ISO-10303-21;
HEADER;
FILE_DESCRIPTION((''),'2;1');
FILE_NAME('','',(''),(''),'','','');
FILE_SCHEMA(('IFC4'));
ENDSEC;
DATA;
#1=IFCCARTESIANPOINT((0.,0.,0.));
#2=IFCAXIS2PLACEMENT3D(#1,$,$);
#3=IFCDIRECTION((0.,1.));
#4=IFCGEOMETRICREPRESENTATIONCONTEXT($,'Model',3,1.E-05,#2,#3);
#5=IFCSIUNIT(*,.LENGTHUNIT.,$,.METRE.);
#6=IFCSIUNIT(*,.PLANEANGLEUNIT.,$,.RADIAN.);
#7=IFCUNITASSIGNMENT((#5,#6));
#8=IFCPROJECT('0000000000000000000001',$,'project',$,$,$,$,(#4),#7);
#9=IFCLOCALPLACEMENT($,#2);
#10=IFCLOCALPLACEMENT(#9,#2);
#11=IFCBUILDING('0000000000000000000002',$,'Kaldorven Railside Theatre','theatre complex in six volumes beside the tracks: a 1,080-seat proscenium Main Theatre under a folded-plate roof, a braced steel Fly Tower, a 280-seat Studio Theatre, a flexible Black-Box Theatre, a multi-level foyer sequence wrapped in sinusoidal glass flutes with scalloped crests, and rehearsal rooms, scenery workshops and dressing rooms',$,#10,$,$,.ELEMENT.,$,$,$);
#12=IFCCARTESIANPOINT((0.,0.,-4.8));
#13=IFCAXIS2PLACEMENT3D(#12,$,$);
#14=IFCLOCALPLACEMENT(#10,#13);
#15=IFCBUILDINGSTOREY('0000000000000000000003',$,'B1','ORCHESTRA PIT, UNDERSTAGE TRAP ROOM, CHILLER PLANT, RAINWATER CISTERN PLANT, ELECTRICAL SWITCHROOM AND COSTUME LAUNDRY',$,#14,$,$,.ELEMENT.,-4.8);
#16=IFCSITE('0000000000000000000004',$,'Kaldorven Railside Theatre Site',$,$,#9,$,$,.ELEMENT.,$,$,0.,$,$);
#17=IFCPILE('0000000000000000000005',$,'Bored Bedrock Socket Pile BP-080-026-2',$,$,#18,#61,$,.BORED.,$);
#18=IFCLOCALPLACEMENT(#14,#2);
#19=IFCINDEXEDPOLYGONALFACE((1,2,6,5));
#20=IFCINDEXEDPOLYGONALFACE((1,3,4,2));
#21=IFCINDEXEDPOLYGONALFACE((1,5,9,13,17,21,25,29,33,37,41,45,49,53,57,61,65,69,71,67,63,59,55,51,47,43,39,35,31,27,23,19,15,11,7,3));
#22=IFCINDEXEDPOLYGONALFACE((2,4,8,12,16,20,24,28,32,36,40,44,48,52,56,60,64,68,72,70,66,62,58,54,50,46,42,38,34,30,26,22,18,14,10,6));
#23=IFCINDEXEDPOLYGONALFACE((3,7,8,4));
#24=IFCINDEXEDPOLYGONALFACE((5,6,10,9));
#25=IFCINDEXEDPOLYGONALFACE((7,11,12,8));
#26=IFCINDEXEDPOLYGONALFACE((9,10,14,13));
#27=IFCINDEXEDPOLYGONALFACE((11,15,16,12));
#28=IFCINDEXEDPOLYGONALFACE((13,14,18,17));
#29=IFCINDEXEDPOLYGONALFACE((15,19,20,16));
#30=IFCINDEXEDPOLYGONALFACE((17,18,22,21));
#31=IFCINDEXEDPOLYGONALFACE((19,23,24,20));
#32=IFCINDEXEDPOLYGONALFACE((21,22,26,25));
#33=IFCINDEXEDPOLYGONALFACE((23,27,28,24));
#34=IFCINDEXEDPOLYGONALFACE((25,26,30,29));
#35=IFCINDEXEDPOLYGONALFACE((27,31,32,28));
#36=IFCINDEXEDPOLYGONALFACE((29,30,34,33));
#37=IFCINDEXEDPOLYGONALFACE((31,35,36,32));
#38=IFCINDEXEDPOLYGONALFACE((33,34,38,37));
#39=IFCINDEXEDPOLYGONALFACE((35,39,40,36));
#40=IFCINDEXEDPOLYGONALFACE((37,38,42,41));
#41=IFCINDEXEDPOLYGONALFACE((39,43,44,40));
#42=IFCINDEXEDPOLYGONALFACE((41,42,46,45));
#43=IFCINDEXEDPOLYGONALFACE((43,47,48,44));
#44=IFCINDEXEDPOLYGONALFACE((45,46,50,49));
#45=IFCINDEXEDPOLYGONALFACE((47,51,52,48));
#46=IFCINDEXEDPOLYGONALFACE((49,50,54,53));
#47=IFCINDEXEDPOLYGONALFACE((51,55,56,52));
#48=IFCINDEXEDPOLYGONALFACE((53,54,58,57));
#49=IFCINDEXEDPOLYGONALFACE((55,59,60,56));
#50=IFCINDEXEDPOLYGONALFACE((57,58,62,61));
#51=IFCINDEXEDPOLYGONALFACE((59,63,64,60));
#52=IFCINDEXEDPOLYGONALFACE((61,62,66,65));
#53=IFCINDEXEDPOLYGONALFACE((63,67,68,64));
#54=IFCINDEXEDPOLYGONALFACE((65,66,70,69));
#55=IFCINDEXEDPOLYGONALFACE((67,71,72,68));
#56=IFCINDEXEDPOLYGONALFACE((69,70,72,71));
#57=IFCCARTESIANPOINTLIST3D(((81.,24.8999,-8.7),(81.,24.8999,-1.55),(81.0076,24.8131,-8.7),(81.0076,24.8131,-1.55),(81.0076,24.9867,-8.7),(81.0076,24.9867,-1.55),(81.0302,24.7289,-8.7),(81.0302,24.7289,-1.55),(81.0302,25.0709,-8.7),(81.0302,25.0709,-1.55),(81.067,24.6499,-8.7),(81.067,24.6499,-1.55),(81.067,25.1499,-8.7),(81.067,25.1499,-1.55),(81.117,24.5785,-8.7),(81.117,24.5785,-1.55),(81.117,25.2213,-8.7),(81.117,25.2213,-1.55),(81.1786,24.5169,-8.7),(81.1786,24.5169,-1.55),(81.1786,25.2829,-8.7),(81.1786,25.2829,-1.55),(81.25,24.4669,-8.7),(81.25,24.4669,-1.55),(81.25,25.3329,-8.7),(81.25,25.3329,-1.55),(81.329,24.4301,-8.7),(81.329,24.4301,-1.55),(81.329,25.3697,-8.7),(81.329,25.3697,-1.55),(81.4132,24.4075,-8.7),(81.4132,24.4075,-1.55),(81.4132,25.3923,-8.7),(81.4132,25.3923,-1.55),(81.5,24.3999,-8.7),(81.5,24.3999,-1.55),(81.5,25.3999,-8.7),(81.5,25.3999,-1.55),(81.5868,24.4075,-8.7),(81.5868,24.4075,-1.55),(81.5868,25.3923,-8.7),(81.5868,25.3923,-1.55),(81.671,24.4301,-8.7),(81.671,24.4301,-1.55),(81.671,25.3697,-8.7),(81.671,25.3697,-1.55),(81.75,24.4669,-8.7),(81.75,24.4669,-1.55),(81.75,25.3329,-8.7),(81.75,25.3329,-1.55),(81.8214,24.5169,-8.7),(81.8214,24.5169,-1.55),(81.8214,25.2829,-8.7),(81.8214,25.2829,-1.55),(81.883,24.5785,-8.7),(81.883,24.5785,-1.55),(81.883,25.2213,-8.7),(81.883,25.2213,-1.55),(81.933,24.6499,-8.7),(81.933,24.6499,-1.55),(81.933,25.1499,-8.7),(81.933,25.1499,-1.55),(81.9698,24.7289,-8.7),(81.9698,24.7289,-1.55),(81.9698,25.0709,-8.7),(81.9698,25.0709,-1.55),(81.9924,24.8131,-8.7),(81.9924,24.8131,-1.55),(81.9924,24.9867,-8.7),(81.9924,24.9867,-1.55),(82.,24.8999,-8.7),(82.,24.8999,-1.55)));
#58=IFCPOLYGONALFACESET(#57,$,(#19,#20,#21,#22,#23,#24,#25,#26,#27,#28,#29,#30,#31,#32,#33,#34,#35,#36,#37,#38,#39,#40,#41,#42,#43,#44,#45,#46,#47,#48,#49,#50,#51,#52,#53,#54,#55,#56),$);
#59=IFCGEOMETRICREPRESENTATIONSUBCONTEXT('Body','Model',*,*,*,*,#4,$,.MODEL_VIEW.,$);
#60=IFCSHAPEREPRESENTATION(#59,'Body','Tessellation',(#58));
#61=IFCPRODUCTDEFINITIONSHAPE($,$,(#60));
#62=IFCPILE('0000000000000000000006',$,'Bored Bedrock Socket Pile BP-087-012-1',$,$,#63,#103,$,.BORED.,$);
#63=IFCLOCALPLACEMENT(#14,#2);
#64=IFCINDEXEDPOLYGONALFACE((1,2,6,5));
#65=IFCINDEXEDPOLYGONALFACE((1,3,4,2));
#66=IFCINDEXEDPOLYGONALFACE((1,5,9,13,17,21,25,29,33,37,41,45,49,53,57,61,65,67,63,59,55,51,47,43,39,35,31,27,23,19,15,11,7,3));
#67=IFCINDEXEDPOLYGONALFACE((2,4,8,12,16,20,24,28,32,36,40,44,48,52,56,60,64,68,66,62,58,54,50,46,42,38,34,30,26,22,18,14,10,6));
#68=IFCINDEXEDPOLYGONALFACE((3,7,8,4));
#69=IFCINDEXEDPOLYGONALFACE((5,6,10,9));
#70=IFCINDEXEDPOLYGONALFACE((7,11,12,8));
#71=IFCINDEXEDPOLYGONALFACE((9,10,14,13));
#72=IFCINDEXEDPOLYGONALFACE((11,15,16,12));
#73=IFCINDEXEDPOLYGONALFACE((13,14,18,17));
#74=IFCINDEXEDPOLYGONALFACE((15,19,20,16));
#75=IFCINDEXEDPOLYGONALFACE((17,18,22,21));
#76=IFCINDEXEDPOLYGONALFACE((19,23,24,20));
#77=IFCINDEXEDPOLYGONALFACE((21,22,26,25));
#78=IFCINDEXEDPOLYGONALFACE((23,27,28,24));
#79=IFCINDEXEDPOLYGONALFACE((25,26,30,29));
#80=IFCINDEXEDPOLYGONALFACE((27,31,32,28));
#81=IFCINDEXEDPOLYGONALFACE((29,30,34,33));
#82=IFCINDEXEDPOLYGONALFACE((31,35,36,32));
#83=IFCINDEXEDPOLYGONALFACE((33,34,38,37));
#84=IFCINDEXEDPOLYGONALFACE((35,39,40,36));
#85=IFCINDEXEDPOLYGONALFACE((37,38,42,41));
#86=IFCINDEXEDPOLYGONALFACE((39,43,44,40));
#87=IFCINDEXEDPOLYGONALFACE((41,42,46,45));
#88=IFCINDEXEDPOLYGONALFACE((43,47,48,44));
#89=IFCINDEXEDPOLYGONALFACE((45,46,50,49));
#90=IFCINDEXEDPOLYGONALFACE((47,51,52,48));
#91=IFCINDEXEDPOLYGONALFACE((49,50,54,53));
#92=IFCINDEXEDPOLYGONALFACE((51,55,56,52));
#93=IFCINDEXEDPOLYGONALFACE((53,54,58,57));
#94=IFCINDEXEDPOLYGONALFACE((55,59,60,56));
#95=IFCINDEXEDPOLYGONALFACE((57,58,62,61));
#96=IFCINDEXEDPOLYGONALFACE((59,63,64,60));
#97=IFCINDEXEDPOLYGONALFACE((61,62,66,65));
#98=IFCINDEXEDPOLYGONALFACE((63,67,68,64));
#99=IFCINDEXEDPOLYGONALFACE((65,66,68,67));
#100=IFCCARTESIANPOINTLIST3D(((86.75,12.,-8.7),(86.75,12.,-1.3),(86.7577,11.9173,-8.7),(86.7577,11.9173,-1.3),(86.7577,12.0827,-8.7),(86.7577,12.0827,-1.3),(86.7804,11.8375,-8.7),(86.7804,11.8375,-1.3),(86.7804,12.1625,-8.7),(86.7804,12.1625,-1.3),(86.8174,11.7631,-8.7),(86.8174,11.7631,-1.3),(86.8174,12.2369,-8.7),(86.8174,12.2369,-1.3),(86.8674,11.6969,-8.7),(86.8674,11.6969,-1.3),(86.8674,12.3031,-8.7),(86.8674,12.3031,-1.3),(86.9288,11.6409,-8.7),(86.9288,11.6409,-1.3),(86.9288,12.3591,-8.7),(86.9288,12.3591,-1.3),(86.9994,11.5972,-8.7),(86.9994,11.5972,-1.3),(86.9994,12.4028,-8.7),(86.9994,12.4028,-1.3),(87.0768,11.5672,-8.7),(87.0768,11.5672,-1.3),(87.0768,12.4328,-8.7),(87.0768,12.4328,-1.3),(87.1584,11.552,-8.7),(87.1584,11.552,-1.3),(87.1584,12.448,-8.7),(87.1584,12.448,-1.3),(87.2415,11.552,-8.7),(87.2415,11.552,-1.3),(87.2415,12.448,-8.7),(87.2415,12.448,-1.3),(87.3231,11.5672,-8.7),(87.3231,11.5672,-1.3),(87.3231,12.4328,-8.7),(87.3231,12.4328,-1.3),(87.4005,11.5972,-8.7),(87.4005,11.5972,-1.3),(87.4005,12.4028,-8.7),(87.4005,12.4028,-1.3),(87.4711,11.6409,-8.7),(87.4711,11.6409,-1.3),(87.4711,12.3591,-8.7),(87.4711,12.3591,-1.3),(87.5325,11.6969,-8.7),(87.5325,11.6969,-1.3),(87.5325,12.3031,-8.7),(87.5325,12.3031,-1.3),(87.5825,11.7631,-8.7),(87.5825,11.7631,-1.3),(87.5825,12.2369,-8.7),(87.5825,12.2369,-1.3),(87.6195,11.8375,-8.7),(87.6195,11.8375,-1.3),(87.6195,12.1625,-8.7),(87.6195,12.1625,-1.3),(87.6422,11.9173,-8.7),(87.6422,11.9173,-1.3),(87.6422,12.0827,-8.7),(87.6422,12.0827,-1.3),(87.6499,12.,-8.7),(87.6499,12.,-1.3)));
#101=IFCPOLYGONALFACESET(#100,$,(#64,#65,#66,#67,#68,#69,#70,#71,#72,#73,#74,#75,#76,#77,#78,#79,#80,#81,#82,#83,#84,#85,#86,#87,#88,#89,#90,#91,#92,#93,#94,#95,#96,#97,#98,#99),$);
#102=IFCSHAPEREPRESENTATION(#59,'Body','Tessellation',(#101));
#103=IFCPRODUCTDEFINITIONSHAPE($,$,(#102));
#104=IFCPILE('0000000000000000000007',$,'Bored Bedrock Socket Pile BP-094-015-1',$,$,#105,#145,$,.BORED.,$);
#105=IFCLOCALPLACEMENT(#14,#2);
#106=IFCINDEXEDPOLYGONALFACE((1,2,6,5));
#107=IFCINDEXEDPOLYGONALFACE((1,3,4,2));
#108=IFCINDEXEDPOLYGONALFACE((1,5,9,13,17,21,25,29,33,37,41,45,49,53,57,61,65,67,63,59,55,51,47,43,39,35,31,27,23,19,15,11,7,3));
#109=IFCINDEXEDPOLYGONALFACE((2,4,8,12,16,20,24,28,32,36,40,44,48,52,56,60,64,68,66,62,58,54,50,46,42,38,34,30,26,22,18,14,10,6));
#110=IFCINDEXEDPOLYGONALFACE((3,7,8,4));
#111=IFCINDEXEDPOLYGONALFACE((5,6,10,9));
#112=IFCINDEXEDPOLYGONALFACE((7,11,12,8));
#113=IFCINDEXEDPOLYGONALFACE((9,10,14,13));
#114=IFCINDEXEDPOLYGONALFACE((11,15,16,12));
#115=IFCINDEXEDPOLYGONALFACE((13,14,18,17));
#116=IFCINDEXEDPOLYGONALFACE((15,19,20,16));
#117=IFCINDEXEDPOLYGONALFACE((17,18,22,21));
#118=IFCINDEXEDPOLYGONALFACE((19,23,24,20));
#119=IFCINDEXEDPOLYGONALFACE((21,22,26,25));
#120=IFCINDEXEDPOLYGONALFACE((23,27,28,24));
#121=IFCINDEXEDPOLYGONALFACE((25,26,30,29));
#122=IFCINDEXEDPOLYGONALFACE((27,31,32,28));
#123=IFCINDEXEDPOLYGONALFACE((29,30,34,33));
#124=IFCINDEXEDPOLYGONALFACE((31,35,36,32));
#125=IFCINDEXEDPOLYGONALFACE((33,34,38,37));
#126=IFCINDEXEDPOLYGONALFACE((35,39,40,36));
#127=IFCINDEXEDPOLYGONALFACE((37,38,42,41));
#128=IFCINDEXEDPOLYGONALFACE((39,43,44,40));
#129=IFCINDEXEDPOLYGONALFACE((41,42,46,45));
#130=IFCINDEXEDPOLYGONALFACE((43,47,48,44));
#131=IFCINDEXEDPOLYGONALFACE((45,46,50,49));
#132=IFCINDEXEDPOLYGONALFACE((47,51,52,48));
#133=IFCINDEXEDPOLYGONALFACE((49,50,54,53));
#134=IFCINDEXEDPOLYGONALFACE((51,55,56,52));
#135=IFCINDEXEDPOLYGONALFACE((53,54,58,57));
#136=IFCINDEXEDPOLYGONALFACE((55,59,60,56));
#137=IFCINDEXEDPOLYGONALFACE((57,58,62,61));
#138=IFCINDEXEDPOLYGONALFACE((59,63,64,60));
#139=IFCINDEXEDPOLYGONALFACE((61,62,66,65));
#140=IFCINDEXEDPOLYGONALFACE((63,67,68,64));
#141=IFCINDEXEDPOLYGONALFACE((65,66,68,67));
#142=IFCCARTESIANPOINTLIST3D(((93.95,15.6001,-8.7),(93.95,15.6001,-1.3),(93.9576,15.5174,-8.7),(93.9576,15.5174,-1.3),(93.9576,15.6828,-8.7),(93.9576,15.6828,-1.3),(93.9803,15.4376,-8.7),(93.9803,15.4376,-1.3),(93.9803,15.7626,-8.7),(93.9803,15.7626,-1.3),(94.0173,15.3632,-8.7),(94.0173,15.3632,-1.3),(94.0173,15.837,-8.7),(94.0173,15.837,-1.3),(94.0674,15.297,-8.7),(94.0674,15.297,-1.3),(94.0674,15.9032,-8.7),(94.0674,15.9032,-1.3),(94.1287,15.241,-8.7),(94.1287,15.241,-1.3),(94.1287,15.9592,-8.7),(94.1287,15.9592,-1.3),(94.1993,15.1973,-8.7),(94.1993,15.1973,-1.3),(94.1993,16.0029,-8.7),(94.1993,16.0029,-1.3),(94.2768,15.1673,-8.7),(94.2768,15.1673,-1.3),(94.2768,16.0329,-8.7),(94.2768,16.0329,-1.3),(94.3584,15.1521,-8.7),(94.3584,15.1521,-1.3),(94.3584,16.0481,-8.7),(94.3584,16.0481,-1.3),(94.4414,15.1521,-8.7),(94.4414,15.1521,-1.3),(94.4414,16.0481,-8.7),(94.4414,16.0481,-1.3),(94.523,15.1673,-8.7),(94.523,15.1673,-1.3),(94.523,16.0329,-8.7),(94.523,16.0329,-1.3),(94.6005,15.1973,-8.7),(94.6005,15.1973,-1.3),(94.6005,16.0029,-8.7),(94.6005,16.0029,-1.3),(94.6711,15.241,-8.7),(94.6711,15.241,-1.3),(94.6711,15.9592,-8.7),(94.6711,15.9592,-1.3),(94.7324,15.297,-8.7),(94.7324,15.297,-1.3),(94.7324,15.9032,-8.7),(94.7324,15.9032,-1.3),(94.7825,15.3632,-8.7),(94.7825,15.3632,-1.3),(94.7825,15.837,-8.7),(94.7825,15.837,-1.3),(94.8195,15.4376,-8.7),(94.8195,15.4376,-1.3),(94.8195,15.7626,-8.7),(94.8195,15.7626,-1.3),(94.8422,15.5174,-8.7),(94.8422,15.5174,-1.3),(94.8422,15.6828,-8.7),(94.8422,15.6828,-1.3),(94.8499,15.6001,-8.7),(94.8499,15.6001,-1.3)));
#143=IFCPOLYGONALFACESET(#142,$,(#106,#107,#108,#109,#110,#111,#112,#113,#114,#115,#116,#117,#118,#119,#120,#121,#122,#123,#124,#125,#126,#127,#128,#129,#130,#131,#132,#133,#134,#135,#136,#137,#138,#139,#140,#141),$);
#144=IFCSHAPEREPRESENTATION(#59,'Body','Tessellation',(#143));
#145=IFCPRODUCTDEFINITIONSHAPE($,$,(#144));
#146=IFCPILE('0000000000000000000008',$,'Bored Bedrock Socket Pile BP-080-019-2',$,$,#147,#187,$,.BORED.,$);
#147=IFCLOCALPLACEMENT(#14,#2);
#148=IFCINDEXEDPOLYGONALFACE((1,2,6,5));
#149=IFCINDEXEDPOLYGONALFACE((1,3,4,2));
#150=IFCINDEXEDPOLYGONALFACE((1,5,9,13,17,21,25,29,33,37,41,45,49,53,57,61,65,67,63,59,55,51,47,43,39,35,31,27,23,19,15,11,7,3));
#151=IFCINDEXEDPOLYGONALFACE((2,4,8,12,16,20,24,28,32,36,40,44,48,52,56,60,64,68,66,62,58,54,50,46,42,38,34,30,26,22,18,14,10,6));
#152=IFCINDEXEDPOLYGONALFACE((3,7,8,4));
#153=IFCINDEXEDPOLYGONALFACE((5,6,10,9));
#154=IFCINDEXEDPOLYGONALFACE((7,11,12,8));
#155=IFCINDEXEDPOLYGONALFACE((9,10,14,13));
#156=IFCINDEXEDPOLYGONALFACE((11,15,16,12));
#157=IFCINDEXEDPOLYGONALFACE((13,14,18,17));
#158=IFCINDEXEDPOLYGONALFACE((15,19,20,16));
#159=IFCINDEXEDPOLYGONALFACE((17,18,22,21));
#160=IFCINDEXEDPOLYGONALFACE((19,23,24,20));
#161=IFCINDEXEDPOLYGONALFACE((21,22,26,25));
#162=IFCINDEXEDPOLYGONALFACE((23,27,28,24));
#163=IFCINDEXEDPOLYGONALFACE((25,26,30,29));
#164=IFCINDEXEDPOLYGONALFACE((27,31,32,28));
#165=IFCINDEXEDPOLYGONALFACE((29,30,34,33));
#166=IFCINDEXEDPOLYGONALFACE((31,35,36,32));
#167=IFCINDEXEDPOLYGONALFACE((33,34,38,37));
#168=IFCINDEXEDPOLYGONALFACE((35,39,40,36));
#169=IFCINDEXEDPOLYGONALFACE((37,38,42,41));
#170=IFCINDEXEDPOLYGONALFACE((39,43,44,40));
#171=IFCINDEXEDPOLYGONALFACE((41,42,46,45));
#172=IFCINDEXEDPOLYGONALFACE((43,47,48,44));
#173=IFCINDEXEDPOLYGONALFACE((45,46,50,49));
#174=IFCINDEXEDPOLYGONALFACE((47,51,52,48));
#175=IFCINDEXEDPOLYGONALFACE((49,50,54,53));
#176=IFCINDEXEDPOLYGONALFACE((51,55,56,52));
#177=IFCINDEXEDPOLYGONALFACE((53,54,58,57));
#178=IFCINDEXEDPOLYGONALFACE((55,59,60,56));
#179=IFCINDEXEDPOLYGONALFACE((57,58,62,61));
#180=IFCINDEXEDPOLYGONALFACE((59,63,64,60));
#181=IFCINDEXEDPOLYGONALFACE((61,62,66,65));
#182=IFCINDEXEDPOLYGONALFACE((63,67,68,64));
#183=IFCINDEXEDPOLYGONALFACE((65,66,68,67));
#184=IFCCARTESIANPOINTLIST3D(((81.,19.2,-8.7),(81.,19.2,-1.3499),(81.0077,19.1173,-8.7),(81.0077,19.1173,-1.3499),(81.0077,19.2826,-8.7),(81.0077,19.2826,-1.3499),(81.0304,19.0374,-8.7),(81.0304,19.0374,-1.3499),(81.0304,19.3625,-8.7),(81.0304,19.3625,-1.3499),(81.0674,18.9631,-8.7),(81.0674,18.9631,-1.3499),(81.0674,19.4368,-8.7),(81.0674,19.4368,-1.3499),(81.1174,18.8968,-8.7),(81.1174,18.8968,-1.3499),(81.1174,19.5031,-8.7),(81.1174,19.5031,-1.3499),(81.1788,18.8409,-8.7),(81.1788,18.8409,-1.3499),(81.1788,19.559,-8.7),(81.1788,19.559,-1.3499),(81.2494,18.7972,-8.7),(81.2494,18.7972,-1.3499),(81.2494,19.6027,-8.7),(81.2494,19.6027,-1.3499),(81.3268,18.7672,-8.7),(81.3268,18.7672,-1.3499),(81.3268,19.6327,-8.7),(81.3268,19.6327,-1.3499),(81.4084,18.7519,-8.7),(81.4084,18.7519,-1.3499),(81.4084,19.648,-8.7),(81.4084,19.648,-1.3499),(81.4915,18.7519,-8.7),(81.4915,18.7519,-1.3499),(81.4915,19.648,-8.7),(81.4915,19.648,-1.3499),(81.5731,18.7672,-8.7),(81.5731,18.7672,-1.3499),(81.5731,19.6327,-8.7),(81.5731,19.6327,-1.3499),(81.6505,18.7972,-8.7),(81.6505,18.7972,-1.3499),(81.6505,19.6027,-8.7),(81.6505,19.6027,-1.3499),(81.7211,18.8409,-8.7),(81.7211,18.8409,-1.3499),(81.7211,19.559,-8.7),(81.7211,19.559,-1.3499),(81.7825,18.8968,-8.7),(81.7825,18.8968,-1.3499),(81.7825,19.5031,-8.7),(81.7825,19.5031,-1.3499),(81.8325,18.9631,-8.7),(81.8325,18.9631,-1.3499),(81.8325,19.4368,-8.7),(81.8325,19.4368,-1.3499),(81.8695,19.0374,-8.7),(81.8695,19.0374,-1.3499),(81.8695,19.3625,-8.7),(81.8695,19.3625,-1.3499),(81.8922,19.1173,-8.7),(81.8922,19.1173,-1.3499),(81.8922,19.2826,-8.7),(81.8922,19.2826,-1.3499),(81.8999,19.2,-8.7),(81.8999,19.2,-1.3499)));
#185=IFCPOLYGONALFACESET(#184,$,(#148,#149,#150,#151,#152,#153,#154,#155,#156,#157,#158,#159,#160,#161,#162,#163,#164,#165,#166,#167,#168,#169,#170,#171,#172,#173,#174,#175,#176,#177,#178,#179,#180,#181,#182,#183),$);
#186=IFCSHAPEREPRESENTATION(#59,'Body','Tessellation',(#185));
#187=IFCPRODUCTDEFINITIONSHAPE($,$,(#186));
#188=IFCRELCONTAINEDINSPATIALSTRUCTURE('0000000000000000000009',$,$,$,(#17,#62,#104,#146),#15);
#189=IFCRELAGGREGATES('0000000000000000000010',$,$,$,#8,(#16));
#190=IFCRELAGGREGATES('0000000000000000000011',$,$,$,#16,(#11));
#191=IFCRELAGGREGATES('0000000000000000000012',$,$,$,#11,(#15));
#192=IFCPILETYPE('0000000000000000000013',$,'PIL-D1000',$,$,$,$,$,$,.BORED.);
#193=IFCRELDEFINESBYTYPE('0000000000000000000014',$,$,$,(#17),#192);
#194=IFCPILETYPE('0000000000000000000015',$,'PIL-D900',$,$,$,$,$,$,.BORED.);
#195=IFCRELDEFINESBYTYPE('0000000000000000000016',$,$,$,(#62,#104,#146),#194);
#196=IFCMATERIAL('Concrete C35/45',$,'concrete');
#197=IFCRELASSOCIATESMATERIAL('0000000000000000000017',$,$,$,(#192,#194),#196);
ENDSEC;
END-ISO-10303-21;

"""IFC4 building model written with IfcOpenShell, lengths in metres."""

from ifc_helpers import new_model, si_unit, direction, frame, origin, origin_2d, place, context, subcontext, project, spatial, circle, extrude, material, material_profile, profile_set, type_object, element, save


model = new_model("IFC4")

# Units and contexts
model_context = context("Model", 3, precision=1e-05, world=origin(), true_north=direction((0.0, 1.0)))
body_context = subcontext(model_context, "Body", "Model", "MODEL_VIEW")
ifc_project = project(units=[si_unit("LENGTHUNIT", "METRE"), si_unit("PLANEANGLEUNIT", "RADIAN")], contexts=[model_context])

# Site, building, storey
site_placement = place(None, origin())
site = spatial("IfcSite", under=ifc_project, at=site_placement, Name="Kaldorven Railside Theatre Site", CompositionType="ELEMENT", RefElevation=0.0)
building_placement = place(site_placement, origin())
building = spatial("IfcBuilding", under=site, at=building_placement, Name="Kaldorven Railside Theatre", Description="theatre complex in six volumes beside the tracks: a 1,080-seat proscenium Main Theatre under a folded-plate roof, a braced steel Fly Tower, a 280-seat Studio Theatre, a flexible Black-Box Theatre, a multi-level foyer sequence wrapped in sinusoidal glass flutes with scalloped crests, and rehearsal rooms, scenery workshops and dressing rooms", CompositionType="ELEMENT")
storey_placement = place(building_placement, frame((0.0, 0.0, -4.8)))
storey = spatial("IfcBuildingStorey", under=building, at=storey_placement, Name="B1", Description="ORCHESTRA PIT, UNDERSTAGE TRAP ROOM, CHILLER PLANT, RAINWATER CISTERN PLANT, ELECTRICAL SWITCHROOM AND COSTUME LAUNDRY", CompositionType="ELEMENT", Elevation=-4.8)

# Piles
ifc_material_1 = material(Name="Concrete C35/45", Category="concrete")
ifc_material_profile_1 = material_profile(ifc_material_1, circle(Radius=0.5, at=origin_2d()), Name="BP D1000")
ifc_profile_set_1 = profile_set([ifc_material_profile_1], Name="Concrete C35/45")
pile_type_1 = type_object("IfcPileType", Name="PIL-D1000", PredefinedType="BORED", material=ifc_profile_set_1)
pile_1_placement = place(storey_placement, frame((81.5, 24.8999, -1.55), z_axis=(0.0, 0.0, -1.0), x_axis=(1.0, 0.0, 0.0)))
element("IfcPile", 1, at=pile_1_placement, inside=storey, type_object=pile_type_1, Name="Bored Bedrock Socket Pile BP-080-026-2", PredefinedType="BORED", context=body_context, shape_type="SweptSolid", body=[
    extrude(circle(Radius=0.5, at=origin_2d()), origin(), (0.0, 0.0, 1.0), 7.1499),
])
ifc_material_profile_2 = material_profile(ifc_material_1, circle(Radius=0.45, at=origin_2d()), Name="BP D900")
ifc_profile_set_2 = profile_set([ifc_material_profile_2], Name="Concrete C35/45")
pile_type_2 = type_object("IfcPileType", Name="PIL-D900", PredefinedType="BORED", material=ifc_profile_set_2)
for number, where, z_axis, x_axis, name in (
    (2, (87.2, 12.0, -1.3), (0.0, 0.0, -1.0), (1.0, 0.0, 0.0), "Bored Bedrock Socket Pile BP-087-012-1"),
    (3, (94.3999, 15.6001, -1.3), (0.0, 0.0, -1.0), (1.0, 0.0, 0.0), "Bored Bedrock Socket Pile BP-094-015-1"),
):
    element("IfcPile", number, at=place(storey_placement, frame(where, z_axis=z_axis, x_axis=x_axis)), inside=storey, type_object=pile_type_2, Name=name, PredefinedType="BORED", context=body_context, shape_type="SweptSolid", body=[
        extrude(circle(Radius=0.45, at=origin_2d()), origin(), (0.0, 0.0, 1.0), 7.3999),
    ])
pile_2_placement = place(storey_placement, frame((81.45, 19.2, -1.3499), z_axis=(0.0, 0.0, -1.0), x_axis=(1.0, 0.0, 0.0)))
element("IfcPile", 4, at=pile_2_placement, inside=storey, type_object=pile_type_2, Name="Bored Bedrock Socket Pile BP-080-019-2", PredefinedType="BORED", context=body_context, shape_type="SweptSolid", body=[
    extrude(circle(Radius=0.45, at=origin_2d()), origin(), (0.0, 0.0, 1.0), 7.3501),
])

save(model, "model.ifc")
